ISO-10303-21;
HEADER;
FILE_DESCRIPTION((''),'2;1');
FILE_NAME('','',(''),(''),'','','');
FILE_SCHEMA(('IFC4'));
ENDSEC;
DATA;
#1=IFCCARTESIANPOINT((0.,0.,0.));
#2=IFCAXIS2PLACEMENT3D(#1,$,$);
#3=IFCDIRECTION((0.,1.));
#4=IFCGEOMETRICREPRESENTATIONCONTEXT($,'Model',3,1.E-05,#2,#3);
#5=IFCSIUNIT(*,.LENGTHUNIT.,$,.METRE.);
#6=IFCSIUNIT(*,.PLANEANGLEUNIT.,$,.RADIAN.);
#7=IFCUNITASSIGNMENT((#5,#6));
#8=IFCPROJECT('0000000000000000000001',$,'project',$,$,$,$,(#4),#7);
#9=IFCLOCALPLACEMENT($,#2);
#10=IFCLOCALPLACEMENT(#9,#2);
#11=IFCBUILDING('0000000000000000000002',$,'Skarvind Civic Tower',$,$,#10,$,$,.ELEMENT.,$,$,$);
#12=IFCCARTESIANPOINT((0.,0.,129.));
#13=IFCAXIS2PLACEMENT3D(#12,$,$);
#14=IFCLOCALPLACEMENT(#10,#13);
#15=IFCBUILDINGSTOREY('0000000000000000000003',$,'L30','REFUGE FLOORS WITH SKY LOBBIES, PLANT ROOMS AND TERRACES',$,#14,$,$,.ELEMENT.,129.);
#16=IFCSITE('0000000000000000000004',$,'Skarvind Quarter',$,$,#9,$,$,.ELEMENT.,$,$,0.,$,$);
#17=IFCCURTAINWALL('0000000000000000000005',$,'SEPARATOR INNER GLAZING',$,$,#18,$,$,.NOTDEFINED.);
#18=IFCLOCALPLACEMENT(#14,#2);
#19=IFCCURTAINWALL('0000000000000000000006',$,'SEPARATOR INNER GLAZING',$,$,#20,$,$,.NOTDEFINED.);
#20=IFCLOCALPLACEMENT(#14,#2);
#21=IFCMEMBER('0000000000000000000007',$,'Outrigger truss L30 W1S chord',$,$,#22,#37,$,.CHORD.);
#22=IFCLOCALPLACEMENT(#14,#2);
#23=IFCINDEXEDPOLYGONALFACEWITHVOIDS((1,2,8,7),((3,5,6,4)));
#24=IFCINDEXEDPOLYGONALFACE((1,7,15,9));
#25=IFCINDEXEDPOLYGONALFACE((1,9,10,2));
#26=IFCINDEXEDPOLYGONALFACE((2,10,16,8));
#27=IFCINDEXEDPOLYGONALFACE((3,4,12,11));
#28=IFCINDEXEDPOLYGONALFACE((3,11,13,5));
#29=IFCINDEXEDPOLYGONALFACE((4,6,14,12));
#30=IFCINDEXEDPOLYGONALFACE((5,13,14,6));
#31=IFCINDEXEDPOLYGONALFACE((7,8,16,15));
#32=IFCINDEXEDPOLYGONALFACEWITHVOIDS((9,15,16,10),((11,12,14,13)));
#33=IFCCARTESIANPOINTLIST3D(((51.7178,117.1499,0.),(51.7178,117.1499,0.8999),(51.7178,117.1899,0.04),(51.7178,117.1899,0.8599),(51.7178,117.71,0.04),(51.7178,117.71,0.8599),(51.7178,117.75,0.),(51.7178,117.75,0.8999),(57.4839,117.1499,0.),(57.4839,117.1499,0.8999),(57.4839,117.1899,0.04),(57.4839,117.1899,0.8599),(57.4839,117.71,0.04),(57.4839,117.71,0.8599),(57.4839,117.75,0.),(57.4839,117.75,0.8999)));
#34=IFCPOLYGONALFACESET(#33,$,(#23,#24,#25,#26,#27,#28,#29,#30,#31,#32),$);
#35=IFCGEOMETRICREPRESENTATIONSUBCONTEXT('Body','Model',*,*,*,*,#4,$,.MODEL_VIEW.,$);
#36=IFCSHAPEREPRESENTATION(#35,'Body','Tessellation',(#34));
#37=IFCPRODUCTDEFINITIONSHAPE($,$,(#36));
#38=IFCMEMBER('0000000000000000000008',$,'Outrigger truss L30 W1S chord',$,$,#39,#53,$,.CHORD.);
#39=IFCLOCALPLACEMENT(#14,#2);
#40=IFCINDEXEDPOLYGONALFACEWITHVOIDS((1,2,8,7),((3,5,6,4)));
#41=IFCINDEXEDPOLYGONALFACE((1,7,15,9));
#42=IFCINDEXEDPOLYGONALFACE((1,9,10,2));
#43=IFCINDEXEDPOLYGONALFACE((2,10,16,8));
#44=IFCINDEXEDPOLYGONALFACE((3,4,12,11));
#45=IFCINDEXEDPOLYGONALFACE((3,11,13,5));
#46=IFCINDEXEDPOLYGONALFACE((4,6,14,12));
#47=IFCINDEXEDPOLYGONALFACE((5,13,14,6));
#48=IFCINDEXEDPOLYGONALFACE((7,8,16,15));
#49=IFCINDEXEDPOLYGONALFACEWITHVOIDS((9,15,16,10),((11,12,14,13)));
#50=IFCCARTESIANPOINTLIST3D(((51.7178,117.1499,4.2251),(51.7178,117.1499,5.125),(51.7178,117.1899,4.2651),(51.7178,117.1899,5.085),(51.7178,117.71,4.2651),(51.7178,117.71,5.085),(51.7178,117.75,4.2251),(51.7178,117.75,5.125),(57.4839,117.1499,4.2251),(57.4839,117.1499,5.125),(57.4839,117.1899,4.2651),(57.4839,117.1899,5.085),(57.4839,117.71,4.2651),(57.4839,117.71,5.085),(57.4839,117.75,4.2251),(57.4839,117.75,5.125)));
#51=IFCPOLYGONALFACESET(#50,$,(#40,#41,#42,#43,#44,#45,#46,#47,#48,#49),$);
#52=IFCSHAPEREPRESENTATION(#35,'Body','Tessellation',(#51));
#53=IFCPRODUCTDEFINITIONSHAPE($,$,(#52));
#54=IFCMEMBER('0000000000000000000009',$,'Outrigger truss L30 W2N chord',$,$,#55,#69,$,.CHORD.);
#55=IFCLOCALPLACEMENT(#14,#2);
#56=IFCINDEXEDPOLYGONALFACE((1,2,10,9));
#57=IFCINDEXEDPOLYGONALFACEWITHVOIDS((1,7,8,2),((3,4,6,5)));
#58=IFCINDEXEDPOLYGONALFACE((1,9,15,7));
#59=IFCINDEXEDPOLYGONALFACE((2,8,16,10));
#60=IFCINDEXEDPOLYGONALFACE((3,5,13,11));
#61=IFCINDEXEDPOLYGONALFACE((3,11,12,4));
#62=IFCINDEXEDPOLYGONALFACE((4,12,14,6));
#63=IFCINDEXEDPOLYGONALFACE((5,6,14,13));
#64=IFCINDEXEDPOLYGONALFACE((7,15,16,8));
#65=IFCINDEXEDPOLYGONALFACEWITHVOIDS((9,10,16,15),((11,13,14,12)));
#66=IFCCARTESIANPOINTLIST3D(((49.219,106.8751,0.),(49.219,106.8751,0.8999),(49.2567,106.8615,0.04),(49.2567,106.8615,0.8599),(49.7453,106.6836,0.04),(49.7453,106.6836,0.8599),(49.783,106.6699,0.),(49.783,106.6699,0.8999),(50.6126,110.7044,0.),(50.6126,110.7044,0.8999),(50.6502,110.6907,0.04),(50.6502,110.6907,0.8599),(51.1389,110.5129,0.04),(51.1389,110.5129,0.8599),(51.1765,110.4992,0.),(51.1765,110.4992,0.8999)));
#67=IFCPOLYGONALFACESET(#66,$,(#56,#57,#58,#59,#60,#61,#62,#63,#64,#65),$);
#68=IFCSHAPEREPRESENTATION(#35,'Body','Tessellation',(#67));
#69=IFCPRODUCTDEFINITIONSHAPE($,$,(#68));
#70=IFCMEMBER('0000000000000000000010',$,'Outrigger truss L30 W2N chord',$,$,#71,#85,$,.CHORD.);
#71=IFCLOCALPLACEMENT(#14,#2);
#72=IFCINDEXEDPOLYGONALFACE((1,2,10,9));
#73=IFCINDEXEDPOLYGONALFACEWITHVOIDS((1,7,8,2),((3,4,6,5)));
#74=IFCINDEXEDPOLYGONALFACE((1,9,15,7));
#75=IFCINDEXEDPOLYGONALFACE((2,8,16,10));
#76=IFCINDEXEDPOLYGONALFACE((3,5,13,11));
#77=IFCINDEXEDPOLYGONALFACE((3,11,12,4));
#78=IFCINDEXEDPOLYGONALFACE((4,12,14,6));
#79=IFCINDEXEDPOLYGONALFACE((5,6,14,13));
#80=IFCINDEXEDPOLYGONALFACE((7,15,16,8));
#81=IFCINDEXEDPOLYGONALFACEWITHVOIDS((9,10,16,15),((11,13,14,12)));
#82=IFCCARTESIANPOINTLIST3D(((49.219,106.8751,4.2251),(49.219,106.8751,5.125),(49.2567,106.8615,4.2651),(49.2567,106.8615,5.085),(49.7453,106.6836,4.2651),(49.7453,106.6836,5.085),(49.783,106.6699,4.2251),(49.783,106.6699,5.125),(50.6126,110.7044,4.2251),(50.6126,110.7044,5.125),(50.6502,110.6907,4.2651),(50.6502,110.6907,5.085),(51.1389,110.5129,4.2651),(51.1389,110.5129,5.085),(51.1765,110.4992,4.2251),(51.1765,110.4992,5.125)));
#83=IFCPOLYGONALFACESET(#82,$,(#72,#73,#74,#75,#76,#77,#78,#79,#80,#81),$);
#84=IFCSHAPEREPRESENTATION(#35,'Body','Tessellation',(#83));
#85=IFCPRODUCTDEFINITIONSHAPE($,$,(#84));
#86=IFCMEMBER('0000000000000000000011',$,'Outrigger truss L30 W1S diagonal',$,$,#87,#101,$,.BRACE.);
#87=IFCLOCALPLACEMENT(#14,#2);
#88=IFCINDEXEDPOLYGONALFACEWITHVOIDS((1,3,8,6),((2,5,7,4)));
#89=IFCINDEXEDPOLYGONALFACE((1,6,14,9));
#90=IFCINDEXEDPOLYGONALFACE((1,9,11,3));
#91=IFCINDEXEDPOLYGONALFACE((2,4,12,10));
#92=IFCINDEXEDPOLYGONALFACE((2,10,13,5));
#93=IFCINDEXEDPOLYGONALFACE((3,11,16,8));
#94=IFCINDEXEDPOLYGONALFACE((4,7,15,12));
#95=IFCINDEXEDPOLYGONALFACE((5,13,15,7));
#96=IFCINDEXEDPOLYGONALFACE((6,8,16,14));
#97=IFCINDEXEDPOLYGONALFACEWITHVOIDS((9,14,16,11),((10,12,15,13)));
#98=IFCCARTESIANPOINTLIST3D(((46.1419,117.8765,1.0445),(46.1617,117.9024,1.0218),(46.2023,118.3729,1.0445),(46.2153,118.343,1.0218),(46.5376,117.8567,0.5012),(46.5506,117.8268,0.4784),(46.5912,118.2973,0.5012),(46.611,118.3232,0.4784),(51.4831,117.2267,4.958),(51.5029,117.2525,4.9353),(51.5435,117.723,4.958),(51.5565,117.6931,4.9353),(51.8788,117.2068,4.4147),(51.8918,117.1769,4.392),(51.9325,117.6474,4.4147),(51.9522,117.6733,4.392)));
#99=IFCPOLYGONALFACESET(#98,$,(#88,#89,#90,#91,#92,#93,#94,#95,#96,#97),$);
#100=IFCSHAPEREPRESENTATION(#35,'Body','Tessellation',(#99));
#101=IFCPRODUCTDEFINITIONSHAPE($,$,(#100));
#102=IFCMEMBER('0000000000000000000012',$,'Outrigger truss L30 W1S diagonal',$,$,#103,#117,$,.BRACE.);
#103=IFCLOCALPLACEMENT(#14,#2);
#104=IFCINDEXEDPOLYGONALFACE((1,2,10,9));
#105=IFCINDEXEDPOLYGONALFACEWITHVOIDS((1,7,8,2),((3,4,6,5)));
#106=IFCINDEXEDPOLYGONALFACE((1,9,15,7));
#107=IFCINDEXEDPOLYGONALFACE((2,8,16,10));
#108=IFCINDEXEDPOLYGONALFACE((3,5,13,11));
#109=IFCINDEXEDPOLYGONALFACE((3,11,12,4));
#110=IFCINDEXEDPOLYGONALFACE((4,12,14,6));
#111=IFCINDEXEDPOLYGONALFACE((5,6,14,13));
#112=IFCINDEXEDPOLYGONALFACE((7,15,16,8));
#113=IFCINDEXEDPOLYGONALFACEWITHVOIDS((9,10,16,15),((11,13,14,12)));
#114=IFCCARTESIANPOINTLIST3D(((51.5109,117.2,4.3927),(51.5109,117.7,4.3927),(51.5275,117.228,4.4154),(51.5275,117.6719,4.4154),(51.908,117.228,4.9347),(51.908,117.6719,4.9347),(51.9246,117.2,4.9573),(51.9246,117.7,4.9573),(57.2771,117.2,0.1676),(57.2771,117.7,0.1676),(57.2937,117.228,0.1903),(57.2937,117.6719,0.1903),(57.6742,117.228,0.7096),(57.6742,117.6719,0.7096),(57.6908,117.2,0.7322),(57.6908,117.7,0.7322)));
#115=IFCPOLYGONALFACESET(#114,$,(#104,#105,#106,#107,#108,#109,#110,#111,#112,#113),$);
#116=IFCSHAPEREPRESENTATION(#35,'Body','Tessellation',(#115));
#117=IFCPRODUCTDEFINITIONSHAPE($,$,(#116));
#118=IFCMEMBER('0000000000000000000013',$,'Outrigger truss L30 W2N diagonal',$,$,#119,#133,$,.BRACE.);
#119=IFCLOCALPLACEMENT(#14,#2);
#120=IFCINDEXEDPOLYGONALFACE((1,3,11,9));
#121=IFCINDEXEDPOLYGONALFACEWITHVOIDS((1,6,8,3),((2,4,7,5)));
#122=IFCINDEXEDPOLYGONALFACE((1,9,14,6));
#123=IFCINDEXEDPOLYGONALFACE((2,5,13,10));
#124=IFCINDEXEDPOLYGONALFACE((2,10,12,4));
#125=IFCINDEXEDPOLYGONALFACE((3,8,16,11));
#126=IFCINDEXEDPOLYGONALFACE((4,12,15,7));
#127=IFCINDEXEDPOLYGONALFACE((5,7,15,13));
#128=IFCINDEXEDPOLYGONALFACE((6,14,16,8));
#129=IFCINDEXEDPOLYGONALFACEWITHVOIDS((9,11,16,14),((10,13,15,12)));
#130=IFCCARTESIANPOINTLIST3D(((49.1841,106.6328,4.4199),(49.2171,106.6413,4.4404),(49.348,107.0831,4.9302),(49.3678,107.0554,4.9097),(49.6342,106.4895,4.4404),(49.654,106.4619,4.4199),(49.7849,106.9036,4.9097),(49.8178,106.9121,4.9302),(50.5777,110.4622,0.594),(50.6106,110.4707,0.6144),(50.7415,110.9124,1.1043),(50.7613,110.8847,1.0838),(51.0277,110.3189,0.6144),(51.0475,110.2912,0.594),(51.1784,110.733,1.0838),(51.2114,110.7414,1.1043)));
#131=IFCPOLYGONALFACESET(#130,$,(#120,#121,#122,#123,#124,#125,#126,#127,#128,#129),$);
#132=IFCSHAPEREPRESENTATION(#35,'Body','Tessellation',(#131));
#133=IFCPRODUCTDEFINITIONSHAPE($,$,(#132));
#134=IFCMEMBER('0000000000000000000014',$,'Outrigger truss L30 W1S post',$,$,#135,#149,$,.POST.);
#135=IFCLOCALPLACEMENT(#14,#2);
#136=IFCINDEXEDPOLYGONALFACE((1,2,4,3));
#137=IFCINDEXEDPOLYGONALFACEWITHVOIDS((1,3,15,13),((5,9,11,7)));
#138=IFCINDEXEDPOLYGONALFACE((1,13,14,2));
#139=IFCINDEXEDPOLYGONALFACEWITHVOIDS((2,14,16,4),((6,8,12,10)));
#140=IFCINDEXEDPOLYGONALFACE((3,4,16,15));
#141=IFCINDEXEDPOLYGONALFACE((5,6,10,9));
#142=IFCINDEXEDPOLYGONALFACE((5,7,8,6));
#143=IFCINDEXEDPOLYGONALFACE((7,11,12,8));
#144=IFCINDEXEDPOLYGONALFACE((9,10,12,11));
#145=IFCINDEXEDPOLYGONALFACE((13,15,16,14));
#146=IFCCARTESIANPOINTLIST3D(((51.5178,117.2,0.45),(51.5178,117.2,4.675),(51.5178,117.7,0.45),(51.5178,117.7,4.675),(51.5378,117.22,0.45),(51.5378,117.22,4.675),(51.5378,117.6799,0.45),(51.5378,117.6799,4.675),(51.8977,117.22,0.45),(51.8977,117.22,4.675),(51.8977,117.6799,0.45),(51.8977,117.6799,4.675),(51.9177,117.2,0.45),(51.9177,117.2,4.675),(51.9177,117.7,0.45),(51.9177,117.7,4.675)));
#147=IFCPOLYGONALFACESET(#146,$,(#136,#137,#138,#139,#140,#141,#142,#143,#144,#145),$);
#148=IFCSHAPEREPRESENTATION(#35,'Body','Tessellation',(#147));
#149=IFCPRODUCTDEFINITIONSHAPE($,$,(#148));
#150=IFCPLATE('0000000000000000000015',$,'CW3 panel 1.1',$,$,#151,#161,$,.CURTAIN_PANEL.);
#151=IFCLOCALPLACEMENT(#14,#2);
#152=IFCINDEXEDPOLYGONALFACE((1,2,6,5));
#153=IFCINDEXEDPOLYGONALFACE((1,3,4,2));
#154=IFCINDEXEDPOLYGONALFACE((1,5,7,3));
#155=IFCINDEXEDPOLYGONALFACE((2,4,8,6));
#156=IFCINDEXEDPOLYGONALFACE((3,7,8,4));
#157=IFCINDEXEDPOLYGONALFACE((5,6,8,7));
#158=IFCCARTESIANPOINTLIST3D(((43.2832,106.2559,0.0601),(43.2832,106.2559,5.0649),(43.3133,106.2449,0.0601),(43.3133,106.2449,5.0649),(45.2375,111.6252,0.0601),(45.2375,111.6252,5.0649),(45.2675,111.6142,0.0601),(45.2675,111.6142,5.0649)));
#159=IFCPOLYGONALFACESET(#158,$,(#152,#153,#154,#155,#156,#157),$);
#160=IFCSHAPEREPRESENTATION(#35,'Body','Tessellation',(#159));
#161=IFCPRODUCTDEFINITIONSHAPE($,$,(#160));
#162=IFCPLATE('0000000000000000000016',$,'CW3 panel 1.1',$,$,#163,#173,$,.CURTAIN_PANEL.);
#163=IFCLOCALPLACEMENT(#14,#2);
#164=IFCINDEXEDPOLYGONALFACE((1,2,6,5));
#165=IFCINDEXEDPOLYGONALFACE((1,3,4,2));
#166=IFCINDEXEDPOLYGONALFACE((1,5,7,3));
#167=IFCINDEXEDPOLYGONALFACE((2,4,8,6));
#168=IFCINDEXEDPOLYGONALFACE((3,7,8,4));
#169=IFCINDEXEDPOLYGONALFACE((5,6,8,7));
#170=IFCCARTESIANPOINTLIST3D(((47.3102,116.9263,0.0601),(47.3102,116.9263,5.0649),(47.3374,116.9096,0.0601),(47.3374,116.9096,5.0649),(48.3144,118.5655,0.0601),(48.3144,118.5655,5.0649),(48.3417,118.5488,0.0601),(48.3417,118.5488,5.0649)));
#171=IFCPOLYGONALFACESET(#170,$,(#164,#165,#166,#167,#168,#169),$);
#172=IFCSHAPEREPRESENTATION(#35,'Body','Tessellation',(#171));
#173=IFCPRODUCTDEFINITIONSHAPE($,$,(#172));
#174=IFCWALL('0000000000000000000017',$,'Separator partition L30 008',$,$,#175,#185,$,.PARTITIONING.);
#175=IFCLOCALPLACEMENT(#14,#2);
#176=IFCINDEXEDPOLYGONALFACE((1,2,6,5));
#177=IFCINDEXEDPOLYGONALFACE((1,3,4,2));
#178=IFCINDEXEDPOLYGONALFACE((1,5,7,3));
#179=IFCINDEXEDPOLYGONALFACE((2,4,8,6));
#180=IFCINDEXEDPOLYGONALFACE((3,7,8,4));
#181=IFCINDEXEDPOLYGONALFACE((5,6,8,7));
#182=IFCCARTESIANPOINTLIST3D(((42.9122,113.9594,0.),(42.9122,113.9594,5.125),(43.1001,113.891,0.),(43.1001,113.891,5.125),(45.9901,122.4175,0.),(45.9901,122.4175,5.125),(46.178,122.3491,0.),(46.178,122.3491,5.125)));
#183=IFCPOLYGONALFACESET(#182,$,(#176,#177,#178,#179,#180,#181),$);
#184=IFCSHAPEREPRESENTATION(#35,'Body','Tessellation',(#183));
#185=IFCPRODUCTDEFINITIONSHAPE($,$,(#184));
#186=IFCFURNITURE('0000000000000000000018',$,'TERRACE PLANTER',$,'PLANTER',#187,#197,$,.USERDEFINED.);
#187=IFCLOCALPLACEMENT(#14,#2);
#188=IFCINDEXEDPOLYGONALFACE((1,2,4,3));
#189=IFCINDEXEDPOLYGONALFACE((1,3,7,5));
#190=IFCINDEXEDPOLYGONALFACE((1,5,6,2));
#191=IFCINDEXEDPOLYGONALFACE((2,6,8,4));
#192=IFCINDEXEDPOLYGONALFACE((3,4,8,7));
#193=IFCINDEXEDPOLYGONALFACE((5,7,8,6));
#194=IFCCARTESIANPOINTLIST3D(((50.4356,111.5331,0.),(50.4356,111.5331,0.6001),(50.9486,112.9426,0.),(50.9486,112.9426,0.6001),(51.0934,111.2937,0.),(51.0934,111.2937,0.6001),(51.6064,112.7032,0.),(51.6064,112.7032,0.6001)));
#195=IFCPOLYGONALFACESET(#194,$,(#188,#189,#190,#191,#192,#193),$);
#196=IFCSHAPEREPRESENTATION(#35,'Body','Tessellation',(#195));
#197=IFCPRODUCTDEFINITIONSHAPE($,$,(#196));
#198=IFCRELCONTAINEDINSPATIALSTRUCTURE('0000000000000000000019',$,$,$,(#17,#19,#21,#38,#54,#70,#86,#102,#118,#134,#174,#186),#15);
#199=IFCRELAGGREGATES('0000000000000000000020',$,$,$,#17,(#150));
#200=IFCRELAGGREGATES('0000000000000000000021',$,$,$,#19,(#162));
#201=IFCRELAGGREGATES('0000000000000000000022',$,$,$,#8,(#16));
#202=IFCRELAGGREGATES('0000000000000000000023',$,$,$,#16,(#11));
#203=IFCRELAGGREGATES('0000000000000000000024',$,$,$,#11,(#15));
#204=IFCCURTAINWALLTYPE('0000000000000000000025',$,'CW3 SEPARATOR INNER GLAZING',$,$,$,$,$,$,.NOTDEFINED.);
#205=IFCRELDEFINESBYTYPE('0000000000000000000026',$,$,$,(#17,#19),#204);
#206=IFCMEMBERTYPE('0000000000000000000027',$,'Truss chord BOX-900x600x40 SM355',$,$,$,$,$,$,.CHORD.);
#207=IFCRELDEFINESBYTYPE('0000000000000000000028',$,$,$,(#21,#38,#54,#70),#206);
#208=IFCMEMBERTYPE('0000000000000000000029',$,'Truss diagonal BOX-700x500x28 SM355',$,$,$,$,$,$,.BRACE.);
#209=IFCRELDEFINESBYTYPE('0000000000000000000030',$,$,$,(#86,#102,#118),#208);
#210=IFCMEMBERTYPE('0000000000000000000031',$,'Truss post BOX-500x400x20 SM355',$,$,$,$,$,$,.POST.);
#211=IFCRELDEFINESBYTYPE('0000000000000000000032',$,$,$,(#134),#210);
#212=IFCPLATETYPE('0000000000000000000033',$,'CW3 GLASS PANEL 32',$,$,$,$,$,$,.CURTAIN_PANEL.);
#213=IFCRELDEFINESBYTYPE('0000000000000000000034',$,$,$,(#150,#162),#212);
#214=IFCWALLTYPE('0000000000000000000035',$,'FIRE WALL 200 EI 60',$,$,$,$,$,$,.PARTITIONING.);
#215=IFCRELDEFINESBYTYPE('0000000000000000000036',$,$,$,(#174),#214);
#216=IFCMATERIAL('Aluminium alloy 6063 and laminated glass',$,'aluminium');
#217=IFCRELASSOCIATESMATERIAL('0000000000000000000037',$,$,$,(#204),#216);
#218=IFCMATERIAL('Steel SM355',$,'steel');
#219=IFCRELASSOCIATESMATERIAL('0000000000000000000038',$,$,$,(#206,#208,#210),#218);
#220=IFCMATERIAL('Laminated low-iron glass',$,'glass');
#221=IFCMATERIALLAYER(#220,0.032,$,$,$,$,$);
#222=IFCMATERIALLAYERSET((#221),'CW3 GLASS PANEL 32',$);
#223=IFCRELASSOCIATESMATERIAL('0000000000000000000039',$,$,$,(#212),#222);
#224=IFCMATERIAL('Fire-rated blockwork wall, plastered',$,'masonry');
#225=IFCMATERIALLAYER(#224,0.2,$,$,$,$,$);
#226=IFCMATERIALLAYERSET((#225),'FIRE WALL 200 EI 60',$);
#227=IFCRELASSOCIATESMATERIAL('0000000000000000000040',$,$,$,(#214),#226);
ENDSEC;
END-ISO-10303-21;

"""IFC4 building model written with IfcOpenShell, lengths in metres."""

from ifc_helpers import new_model, si_unit, direction, frame, frame_2d, origin, origin_2d, place, context, subcontext, project, spatial, rectangle, hollow_rectangle, extrude, material, layer, layer_set, material_profile, profile_set, type_object, element, aggregate, save


model = new_model("IFC4")

# Units and contexts
model_context = context("Model", 3, precision=1e-05, world=origin(), true_north=direction((0.0, 1.0)))
body_context = subcontext(model_context, "Body", "Model", "MODEL_VIEW")
ifc_project = project(units=[si_unit("LENGTHUNIT", "METRE"), si_unit("PLANEANGLEUNIT", "RADIAN")], contexts=[model_context])

# Site, building, storey
site_placement = place(None, origin())
site = spatial("IfcSite", under=ifc_project, at=site_placement, Name="Skarvind Quarter", CompositionType="ELEMENT", RefElevation=0.0)
building_placement = place(site_placement, origin())
building = spatial("IfcBuilding", under=site, at=building_placement, Name="Skarvind Civic Tower", CompositionType="ELEMENT")
storey_placement = place(building_placement, frame((0.0, 0.0, 129.0)))
storey = spatial("IfcBuildingStorey", under=building, at=storey_placement, Name="L30", Description="REFUGE FLOORS WITH SKY LOBBIES, PLANT ROOMS AND TERRACES", CompositionType="ELEMENT", Elevation=129.0)

# Curtain wall
ifc_material_1 = material(Name="Aluminium alloy 6063 and laminated glass", Category="aluminium")
curtain_wall_type = type_object("IfcCurtainWallType", Name="CW3 SEPARATOR INNER GLAZING", PredefinedType="NOTDEFINED", material=ifc_material_1)
curtain_wall_1_placement = place(storey_placement, origin())
curtain_wall_1 = element("IfcCurtainWall", 1, at=curtain_wall_1_placement, inside=storey, type_object=curtain_wall_type, Name="SEPARATOR INNER GLAZING", PredefinedType="NOTDEFINED")

# Curtain wall
curtain_wall_2_placement = place(storey_placement, origin())
curtain_wall_2 = element("IfcCurtainWall", 2, at=curtain_wall_2_placement, inside=storey, type_object=curtain_wall_type, Name="SEPARATOR INNER GLAZING", PredefinedType="NOTDEFINED")

# Members
ifc_material_2 = material(Name="Steel SM355", Category="steel")
ifc_material_profile_1 = material_profile(ifc_material_2, hollow_rectangle(XDim=0.6001, YDim=0.8999, WallThickness=0.04, at=origin_2d()), Name="BOX-900x600x40")
ifc_profile_set_1 = profile_set([ifc_material_profile_1], Name="Steel SM355")
member_type_1 = type_object("IfcMemberType", Name="Truss chord BOX-900x600x40 SM355", PredefinedType="CHORD", material=ifc_profile_set_1)
for number, where, z_axis, x_axis, name in (
    (3, (51.7178, 117.45, 0.45), (1.0, 0.0, 0.0), (0.0, 1.0, 0.0), "Outrigger truss L30 W1S chord"),
    (4, (51.7178, 117.45, 4.675), (1.0, 0.0, 0.0), (0.0, 1.0, 0.0), "Outrigger truss L30 W1S chord"),
):
    element("IfcMember", number, at=place(storey_placement, frame(where, z_axis=z_axis, x_axis=x_axis)), inside=storey, type_object=member_type_1, Name=name, PredefinedType="CHORD", context=body_context, shape_type="SweptSolid", body=[
        extrude(hollow_rectangle(XDim=0.6001, YDim=0.8999, WallThickness=0.04, at=origin_2d()), origin(), (0.0, 0.0, 1.0), 5.7661),
    ])
for number, where, z_axis, x_axis, name in (
    (5, (50.8945, 110.6018, 0.45), (-0.341974, -0.939709, 0.0), (0.939709, -0.341974, 0.0), "Outrigger truss L30 W2N chord"),
    (6, (50.8945, 110.6018, 4.675), (-0.341974, -0.939709, 0.0), (0.939709, -0.341974, 0.0), "Outrigger truss L30 W2N chord"),
):
    element("IfcMember", number, at=place(storey_placement, frame(where, z_axis=z_axis, x_axis=x_axis)), inside=storey, type_object=member_type_1, Name=name, PredefinedType="CHORD", context=body_context, shape_type="SweptSolid", body=[
        extrude(hollow_rectangle(XDim=0.6001, YDim=0.8999, WallThickness=0.04, at=origin_2d()), origin(), (0.0, 0.0, 1.0), 4.075),
    ])
ifc_material_profile_2 = material_profile(ifc_material_2, hollow_rectangle(XDim=0.5, YDim=0.7, WallThickness=0.0281, at=origin_2d()), Name="BOX-700x500x28")
ifc_profile_set_2 = profile_set([ifc_material_profile_2], Name="Steel SM355")
member_type_2 = type_object("IfcMemberType", Name="Truss diagonal BOX-700x500x28 SM355", PredefinedType="BRACE", material=ifc_profile_set_2)
member_1_placement = place(storey_placement, frame((46.3765, 118.0999, 0.7615), z_axis=(0.802791, -0.097679, 0.588205), x_axis=(0.120784, 0.992679, 0.0)))
element("IfcMember", 7, at=member_1_placement, inside=storey, type_object=member_type_2, Name="Outrigger truss L30 W1S diagonal", PredefinedType="BRACE", context=body_context, shape_type="SweptSolid", body=[
    extrude(hollow_rectangle(XDim=0.5, YDim=0.7, WallThickness=0.0281, at=origin_2d()), origin(), (0.0, 0.0, 1.0), 6.6533),
])
member_2_placement = place(storey_placement, frame((51.7178, 117.45, 4.675), z_axis=(0.806631, 0.0, -0.591056), x_axis=(0.0, 1.0, 0.0)))
element("IfcMember", 8, at=member_2_placement, inside=storey, type_object=member_type_2, Name="Outrigger truss L30 W1S diagonal", PredefinedType="BRACE", context=body_context, shape_type="SweptSolid", body=[
    extrude(hollow_rectangle(XDim=0.5, YDim=0.7, WallThickness=0.0281, at=origin_2d()), origin(), (0.0, 0.0, 1.0), 7.1484),
])
member_3_placement = place(storey_placement, frame((50.8945, 110.6018, 0.8491), z_axis=(-0.249312, -0.685084, 0.684473), x_axis=(0.939709, -0.341974, 0.0)))
element("IfcMember", 9, at=member_3_placement, inside=storey, type_object=member_type_2, Name="Outrigger truss L30 W2N diagonal", PredefinedType="BRACE", context=body_context, shape_type="SweptSolid", body=[
    extrude(hollow_rectangle(XDim=0.5, YDim=0.7, WallThickness=0.0281, at=origin_2d()), origin(), (0.0, 0.0, 1.0), 5.5896),
])
ifc_material_profile_3 = material_profile(ifc_material_2, hollow_rectangle(XDim=0.3999, YDim=0.5, WallThickness=0.02, at=origin_2d()), Name="BOX-500x400x20")
ifc_profile_set_3 = profile_set([ifc_material_profile_3], Name="Steel SM355")
member_type_3 = type_object("IfcMemberType", Name="Truss post BOX-500x400x20 SM355", PredefinedType="POST", material=ifc_profile_set_3)
member_4_placement = place(storey_placement, frame((51.7178, 117.45, 0.45), z_axis=(0.0, 0.0, 1.0), x_axis=(1.0, 0.0, 0.0)))
element("IfcMember", 10, at=member_4_placement, inside=storey, type_object=member_type_3, Name="Outrigger truss L30 W1S post", PredefinedType="POST", context=body_context, shape_type="SweptSolid", body=[
    extrude(hollow_rectangle(XDim=0.3999, YDim=0.5, WallThickness=0.02, at=origin_2d()), origin(), (0.0, 0.0, 1.0), 4.2251),
])

# Plates
ifc_material_3 = material(Name="Laminated low-iron glass", Category="glass")
ifc_layer_1 = layer(ifc_material_3, 0.032)
ifc_layer_set_1 = layer_set([ifc_layer_1], Name="CW3 GLASS PANEL 32")
plate_type = type_object("IfcPlateType", Name="CW3 GLASS PANEL 32", PredefinedType="CURTAIN_PANEL", material=ifc_layer_set_1)
plate_1_placement = place(storey_placement, frame((44.2754, 108.9351, 0.0601), z_axis=(0.0, 0.0, 1.0), x_axis=(-0.342018, -0.939693, 0.0)))
plate_1 = element("IfcPlate", 11, at=plate_1_placement, type_object=plate_type, Name="CW3 panel 1.1", PredefinedType="CURTAIN_PANEL", context=body_context, shape_type="SweptSolid", body=[
    extrude(rectangle(XDim=5.7139, YDim=0.032, at=origin_2d()), origin(), (0.0, 0.0, 1.0), 5.0049),
])
aggregate(curtain_wall_1, [plate_1])
plate_2_placement = place(storey_placement, frame((47.8259, 117.7375, 0.0601), z_axis=(0.0, 0.0, 1.0), x_axis=(-0.522416, -0.852691, 0.0)))
plate_2 = element("IfcPlate", 12, at=plate_2_placement, type_object=plate_type, Name="CW3 panel 1.1", PredefinedType="CURTAIN_PANEL", context=body_context, shape_type="SweptSolid", body=[
    extrude(rectangle(XDim=1.9224, YDim=0.032, at=origin_2d()), origin(), (0.0, 0.0, 1.0), 5.0049),
])
aggregate(curtain_wall_2, [plate_2])

# Wall
ifc_material_4 = material(Name="Fire-rated blockwork wall, plastered", Category="masonry")
ifc_layer_2 = layer(ifc_material_4, 0.2)
ifc_layer_set_2 = layer_set([ifc_layer_2], Name="FIRE WALL 200 EI 60")
wall_type_1 = type_object("IfcWallType", Name="FIRE WALL 200 EI 60", PredefinedType="PARTITIONING", material=ifc_layer_set_2)
wall_1_placement = place(storey_placement, frame((43.0061, 113.925, 0.0), z_axis=(0.0, 0.0, 1.0), x_axis=(0.341963, 0.939713, 0.0)))
element("IfcWall", 13, at=wall_1_placement, inside=storey, type_object=wall_type_1, Name="Separator partition L30 008", PredefinedType="PARTITIONING", context=body_context, shape_type="SweptSolid", body=[
    extrude(rectangle(XDim=9.0007, YDim=0.2, at=frame_2d((4.5005, 0.0))), origin(), (0.0, 0.0, 1.0), 5.125),
])

# Furniture
furniture_placement = place(storey_placement, frame((51.021, 112.1182, 0.0), z_axis=(0.0, 0.0, 1.0), x_axis=(-0.34202, -0.939693, 0.0)))
element("IfcFurniture", 14, at=furniture_placement, inside=storey, Name="TERRACE PLANTER", ObjectType="PLANTER", PredefinedType="USERDEFINED", context=body_context, shape_type="SweptSolid", body=[
    extrude(rectangle(XDim=1.5, YDim=0.7, at=origin_2d()), origin(), (0.0, 0.0, 1.0), 0.6001),
])

save(model, "model.ifc")
